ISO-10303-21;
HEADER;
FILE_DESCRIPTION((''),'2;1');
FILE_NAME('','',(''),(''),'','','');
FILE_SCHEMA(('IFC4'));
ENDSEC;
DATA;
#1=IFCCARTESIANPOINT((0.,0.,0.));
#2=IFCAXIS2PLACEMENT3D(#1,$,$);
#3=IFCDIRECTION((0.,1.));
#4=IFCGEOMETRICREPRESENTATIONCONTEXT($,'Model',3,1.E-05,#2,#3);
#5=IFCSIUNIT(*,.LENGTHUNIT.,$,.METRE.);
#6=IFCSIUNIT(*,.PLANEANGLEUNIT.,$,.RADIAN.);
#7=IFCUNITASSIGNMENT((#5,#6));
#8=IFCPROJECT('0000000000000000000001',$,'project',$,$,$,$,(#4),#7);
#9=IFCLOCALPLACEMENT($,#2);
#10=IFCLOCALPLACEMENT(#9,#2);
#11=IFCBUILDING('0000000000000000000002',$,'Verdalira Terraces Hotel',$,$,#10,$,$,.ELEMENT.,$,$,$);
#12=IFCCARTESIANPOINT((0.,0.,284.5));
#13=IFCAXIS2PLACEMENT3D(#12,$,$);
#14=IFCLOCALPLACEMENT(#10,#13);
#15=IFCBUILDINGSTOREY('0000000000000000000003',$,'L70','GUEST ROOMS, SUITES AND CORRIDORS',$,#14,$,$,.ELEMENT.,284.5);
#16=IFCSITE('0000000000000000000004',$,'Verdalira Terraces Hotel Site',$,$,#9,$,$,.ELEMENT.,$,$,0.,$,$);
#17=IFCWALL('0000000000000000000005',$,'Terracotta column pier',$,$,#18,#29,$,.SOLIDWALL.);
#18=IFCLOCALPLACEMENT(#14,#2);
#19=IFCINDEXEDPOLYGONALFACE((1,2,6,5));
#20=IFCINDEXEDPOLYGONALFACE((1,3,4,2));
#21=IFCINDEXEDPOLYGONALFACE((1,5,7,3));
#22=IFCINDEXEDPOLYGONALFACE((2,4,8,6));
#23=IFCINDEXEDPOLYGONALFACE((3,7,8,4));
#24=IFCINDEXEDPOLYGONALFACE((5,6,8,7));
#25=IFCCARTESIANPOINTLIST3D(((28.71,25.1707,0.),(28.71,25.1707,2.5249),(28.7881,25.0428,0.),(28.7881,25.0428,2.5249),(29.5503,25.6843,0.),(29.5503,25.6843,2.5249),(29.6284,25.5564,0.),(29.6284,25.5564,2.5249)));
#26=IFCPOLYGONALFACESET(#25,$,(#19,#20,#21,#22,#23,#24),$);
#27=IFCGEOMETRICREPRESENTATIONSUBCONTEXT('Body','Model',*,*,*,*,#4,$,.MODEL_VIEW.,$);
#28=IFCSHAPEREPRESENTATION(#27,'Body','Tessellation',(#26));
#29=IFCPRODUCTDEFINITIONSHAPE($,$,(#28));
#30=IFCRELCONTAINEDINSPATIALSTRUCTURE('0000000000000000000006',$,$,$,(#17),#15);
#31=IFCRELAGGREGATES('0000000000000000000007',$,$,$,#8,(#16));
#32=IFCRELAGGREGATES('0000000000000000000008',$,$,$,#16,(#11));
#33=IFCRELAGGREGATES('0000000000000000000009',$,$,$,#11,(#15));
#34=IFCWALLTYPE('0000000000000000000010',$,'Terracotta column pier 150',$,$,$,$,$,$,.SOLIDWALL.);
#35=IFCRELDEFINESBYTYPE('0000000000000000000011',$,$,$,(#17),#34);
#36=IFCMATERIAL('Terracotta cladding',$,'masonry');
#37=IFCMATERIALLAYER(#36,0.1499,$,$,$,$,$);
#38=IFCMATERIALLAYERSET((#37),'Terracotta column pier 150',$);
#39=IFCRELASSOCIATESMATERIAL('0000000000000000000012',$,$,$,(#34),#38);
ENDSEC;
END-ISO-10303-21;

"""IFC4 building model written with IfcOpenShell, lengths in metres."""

from ifc_helpers import new_model, si_unit, direction, frame, frame_2d, origin, place, context, subcontext, project, spatial, rectangle, extrude, material, layer, layer_set, type_object, element, save


model = new_model("IFC4")

# Units and contexts
model_context = context("Model", 3, precision=1e-05, world=origin(), true_north=direction((0.0, 1.0)))
body_context = subcontext(model_context, "Body", "Model", "MODEL_VIEW")
ifc_project = project(units=[si_unit("LENGTHUNIT", "METRE"), si_unit("PLANEANGLEUNIT", "RADIAN")], contexts=[model_context])

# Site, building, storey
site_placement = place(None, origin())
site = spatial("IfcSite", under=ifc_project, at=site_placement, Name="Verdalira Terraces Hotel Site", CompositionType="ELEMENT", RefElevation=0.0)
building_placement = place(site_placement, origin())
building = spatial("IfcBuilding", under=site, at=building_placement, Name="Verdalira Terraces Hotel", CompositionType="ELEMENT")
storey_placement = place(building_placement, frame((0.0, 0.0, 284.5)))
storey = spatial("IfcBuildingStorey", under=building, at=storey_placement, Name="L70", Description="GUEST ROOMS, SUITES AND CORRIDORS", CompositionType="ELEMENT", Elevation=284.5)

# Wall
ifc_material_1 = material(Name="Terracotta cladding", Category="masonry")
ifc_layer_1 = layer(ifc_material_1, 0.1499)
ifc_layer_set_1 = layer_set([ifc_layer_1], Name="Terracotta column pier 150")
wall_type_1 = type_object("IfcWallType", Name="Terracotta column pier 150", PredefinedType="SOLIDWALL", material=ifc_layer_set_1)
wall_1_placement = place(storey_placement, frame((29.5894, 25.6204, 0.0), z_axis=(0.0, 0.0, 1.0), x_axis=(-0.853221, -0.52155, 0.0)))
element("IfcWall", 1, at=wall_1_placement, inside=storey, type_object=wall_type_1, Name="Terracotta column pier", PredefinedType="SOLIDWALL", context=body_context, shape_type="SweptSolid", body=[
    extrude(rectangle(XDim=0.9849, YDim=0.1499, at=frame_2d((0.4924, 0.0))), origin(), (0.0, 0.0, 1.0), 2.5249),
])

save(model, "model.ifc")
